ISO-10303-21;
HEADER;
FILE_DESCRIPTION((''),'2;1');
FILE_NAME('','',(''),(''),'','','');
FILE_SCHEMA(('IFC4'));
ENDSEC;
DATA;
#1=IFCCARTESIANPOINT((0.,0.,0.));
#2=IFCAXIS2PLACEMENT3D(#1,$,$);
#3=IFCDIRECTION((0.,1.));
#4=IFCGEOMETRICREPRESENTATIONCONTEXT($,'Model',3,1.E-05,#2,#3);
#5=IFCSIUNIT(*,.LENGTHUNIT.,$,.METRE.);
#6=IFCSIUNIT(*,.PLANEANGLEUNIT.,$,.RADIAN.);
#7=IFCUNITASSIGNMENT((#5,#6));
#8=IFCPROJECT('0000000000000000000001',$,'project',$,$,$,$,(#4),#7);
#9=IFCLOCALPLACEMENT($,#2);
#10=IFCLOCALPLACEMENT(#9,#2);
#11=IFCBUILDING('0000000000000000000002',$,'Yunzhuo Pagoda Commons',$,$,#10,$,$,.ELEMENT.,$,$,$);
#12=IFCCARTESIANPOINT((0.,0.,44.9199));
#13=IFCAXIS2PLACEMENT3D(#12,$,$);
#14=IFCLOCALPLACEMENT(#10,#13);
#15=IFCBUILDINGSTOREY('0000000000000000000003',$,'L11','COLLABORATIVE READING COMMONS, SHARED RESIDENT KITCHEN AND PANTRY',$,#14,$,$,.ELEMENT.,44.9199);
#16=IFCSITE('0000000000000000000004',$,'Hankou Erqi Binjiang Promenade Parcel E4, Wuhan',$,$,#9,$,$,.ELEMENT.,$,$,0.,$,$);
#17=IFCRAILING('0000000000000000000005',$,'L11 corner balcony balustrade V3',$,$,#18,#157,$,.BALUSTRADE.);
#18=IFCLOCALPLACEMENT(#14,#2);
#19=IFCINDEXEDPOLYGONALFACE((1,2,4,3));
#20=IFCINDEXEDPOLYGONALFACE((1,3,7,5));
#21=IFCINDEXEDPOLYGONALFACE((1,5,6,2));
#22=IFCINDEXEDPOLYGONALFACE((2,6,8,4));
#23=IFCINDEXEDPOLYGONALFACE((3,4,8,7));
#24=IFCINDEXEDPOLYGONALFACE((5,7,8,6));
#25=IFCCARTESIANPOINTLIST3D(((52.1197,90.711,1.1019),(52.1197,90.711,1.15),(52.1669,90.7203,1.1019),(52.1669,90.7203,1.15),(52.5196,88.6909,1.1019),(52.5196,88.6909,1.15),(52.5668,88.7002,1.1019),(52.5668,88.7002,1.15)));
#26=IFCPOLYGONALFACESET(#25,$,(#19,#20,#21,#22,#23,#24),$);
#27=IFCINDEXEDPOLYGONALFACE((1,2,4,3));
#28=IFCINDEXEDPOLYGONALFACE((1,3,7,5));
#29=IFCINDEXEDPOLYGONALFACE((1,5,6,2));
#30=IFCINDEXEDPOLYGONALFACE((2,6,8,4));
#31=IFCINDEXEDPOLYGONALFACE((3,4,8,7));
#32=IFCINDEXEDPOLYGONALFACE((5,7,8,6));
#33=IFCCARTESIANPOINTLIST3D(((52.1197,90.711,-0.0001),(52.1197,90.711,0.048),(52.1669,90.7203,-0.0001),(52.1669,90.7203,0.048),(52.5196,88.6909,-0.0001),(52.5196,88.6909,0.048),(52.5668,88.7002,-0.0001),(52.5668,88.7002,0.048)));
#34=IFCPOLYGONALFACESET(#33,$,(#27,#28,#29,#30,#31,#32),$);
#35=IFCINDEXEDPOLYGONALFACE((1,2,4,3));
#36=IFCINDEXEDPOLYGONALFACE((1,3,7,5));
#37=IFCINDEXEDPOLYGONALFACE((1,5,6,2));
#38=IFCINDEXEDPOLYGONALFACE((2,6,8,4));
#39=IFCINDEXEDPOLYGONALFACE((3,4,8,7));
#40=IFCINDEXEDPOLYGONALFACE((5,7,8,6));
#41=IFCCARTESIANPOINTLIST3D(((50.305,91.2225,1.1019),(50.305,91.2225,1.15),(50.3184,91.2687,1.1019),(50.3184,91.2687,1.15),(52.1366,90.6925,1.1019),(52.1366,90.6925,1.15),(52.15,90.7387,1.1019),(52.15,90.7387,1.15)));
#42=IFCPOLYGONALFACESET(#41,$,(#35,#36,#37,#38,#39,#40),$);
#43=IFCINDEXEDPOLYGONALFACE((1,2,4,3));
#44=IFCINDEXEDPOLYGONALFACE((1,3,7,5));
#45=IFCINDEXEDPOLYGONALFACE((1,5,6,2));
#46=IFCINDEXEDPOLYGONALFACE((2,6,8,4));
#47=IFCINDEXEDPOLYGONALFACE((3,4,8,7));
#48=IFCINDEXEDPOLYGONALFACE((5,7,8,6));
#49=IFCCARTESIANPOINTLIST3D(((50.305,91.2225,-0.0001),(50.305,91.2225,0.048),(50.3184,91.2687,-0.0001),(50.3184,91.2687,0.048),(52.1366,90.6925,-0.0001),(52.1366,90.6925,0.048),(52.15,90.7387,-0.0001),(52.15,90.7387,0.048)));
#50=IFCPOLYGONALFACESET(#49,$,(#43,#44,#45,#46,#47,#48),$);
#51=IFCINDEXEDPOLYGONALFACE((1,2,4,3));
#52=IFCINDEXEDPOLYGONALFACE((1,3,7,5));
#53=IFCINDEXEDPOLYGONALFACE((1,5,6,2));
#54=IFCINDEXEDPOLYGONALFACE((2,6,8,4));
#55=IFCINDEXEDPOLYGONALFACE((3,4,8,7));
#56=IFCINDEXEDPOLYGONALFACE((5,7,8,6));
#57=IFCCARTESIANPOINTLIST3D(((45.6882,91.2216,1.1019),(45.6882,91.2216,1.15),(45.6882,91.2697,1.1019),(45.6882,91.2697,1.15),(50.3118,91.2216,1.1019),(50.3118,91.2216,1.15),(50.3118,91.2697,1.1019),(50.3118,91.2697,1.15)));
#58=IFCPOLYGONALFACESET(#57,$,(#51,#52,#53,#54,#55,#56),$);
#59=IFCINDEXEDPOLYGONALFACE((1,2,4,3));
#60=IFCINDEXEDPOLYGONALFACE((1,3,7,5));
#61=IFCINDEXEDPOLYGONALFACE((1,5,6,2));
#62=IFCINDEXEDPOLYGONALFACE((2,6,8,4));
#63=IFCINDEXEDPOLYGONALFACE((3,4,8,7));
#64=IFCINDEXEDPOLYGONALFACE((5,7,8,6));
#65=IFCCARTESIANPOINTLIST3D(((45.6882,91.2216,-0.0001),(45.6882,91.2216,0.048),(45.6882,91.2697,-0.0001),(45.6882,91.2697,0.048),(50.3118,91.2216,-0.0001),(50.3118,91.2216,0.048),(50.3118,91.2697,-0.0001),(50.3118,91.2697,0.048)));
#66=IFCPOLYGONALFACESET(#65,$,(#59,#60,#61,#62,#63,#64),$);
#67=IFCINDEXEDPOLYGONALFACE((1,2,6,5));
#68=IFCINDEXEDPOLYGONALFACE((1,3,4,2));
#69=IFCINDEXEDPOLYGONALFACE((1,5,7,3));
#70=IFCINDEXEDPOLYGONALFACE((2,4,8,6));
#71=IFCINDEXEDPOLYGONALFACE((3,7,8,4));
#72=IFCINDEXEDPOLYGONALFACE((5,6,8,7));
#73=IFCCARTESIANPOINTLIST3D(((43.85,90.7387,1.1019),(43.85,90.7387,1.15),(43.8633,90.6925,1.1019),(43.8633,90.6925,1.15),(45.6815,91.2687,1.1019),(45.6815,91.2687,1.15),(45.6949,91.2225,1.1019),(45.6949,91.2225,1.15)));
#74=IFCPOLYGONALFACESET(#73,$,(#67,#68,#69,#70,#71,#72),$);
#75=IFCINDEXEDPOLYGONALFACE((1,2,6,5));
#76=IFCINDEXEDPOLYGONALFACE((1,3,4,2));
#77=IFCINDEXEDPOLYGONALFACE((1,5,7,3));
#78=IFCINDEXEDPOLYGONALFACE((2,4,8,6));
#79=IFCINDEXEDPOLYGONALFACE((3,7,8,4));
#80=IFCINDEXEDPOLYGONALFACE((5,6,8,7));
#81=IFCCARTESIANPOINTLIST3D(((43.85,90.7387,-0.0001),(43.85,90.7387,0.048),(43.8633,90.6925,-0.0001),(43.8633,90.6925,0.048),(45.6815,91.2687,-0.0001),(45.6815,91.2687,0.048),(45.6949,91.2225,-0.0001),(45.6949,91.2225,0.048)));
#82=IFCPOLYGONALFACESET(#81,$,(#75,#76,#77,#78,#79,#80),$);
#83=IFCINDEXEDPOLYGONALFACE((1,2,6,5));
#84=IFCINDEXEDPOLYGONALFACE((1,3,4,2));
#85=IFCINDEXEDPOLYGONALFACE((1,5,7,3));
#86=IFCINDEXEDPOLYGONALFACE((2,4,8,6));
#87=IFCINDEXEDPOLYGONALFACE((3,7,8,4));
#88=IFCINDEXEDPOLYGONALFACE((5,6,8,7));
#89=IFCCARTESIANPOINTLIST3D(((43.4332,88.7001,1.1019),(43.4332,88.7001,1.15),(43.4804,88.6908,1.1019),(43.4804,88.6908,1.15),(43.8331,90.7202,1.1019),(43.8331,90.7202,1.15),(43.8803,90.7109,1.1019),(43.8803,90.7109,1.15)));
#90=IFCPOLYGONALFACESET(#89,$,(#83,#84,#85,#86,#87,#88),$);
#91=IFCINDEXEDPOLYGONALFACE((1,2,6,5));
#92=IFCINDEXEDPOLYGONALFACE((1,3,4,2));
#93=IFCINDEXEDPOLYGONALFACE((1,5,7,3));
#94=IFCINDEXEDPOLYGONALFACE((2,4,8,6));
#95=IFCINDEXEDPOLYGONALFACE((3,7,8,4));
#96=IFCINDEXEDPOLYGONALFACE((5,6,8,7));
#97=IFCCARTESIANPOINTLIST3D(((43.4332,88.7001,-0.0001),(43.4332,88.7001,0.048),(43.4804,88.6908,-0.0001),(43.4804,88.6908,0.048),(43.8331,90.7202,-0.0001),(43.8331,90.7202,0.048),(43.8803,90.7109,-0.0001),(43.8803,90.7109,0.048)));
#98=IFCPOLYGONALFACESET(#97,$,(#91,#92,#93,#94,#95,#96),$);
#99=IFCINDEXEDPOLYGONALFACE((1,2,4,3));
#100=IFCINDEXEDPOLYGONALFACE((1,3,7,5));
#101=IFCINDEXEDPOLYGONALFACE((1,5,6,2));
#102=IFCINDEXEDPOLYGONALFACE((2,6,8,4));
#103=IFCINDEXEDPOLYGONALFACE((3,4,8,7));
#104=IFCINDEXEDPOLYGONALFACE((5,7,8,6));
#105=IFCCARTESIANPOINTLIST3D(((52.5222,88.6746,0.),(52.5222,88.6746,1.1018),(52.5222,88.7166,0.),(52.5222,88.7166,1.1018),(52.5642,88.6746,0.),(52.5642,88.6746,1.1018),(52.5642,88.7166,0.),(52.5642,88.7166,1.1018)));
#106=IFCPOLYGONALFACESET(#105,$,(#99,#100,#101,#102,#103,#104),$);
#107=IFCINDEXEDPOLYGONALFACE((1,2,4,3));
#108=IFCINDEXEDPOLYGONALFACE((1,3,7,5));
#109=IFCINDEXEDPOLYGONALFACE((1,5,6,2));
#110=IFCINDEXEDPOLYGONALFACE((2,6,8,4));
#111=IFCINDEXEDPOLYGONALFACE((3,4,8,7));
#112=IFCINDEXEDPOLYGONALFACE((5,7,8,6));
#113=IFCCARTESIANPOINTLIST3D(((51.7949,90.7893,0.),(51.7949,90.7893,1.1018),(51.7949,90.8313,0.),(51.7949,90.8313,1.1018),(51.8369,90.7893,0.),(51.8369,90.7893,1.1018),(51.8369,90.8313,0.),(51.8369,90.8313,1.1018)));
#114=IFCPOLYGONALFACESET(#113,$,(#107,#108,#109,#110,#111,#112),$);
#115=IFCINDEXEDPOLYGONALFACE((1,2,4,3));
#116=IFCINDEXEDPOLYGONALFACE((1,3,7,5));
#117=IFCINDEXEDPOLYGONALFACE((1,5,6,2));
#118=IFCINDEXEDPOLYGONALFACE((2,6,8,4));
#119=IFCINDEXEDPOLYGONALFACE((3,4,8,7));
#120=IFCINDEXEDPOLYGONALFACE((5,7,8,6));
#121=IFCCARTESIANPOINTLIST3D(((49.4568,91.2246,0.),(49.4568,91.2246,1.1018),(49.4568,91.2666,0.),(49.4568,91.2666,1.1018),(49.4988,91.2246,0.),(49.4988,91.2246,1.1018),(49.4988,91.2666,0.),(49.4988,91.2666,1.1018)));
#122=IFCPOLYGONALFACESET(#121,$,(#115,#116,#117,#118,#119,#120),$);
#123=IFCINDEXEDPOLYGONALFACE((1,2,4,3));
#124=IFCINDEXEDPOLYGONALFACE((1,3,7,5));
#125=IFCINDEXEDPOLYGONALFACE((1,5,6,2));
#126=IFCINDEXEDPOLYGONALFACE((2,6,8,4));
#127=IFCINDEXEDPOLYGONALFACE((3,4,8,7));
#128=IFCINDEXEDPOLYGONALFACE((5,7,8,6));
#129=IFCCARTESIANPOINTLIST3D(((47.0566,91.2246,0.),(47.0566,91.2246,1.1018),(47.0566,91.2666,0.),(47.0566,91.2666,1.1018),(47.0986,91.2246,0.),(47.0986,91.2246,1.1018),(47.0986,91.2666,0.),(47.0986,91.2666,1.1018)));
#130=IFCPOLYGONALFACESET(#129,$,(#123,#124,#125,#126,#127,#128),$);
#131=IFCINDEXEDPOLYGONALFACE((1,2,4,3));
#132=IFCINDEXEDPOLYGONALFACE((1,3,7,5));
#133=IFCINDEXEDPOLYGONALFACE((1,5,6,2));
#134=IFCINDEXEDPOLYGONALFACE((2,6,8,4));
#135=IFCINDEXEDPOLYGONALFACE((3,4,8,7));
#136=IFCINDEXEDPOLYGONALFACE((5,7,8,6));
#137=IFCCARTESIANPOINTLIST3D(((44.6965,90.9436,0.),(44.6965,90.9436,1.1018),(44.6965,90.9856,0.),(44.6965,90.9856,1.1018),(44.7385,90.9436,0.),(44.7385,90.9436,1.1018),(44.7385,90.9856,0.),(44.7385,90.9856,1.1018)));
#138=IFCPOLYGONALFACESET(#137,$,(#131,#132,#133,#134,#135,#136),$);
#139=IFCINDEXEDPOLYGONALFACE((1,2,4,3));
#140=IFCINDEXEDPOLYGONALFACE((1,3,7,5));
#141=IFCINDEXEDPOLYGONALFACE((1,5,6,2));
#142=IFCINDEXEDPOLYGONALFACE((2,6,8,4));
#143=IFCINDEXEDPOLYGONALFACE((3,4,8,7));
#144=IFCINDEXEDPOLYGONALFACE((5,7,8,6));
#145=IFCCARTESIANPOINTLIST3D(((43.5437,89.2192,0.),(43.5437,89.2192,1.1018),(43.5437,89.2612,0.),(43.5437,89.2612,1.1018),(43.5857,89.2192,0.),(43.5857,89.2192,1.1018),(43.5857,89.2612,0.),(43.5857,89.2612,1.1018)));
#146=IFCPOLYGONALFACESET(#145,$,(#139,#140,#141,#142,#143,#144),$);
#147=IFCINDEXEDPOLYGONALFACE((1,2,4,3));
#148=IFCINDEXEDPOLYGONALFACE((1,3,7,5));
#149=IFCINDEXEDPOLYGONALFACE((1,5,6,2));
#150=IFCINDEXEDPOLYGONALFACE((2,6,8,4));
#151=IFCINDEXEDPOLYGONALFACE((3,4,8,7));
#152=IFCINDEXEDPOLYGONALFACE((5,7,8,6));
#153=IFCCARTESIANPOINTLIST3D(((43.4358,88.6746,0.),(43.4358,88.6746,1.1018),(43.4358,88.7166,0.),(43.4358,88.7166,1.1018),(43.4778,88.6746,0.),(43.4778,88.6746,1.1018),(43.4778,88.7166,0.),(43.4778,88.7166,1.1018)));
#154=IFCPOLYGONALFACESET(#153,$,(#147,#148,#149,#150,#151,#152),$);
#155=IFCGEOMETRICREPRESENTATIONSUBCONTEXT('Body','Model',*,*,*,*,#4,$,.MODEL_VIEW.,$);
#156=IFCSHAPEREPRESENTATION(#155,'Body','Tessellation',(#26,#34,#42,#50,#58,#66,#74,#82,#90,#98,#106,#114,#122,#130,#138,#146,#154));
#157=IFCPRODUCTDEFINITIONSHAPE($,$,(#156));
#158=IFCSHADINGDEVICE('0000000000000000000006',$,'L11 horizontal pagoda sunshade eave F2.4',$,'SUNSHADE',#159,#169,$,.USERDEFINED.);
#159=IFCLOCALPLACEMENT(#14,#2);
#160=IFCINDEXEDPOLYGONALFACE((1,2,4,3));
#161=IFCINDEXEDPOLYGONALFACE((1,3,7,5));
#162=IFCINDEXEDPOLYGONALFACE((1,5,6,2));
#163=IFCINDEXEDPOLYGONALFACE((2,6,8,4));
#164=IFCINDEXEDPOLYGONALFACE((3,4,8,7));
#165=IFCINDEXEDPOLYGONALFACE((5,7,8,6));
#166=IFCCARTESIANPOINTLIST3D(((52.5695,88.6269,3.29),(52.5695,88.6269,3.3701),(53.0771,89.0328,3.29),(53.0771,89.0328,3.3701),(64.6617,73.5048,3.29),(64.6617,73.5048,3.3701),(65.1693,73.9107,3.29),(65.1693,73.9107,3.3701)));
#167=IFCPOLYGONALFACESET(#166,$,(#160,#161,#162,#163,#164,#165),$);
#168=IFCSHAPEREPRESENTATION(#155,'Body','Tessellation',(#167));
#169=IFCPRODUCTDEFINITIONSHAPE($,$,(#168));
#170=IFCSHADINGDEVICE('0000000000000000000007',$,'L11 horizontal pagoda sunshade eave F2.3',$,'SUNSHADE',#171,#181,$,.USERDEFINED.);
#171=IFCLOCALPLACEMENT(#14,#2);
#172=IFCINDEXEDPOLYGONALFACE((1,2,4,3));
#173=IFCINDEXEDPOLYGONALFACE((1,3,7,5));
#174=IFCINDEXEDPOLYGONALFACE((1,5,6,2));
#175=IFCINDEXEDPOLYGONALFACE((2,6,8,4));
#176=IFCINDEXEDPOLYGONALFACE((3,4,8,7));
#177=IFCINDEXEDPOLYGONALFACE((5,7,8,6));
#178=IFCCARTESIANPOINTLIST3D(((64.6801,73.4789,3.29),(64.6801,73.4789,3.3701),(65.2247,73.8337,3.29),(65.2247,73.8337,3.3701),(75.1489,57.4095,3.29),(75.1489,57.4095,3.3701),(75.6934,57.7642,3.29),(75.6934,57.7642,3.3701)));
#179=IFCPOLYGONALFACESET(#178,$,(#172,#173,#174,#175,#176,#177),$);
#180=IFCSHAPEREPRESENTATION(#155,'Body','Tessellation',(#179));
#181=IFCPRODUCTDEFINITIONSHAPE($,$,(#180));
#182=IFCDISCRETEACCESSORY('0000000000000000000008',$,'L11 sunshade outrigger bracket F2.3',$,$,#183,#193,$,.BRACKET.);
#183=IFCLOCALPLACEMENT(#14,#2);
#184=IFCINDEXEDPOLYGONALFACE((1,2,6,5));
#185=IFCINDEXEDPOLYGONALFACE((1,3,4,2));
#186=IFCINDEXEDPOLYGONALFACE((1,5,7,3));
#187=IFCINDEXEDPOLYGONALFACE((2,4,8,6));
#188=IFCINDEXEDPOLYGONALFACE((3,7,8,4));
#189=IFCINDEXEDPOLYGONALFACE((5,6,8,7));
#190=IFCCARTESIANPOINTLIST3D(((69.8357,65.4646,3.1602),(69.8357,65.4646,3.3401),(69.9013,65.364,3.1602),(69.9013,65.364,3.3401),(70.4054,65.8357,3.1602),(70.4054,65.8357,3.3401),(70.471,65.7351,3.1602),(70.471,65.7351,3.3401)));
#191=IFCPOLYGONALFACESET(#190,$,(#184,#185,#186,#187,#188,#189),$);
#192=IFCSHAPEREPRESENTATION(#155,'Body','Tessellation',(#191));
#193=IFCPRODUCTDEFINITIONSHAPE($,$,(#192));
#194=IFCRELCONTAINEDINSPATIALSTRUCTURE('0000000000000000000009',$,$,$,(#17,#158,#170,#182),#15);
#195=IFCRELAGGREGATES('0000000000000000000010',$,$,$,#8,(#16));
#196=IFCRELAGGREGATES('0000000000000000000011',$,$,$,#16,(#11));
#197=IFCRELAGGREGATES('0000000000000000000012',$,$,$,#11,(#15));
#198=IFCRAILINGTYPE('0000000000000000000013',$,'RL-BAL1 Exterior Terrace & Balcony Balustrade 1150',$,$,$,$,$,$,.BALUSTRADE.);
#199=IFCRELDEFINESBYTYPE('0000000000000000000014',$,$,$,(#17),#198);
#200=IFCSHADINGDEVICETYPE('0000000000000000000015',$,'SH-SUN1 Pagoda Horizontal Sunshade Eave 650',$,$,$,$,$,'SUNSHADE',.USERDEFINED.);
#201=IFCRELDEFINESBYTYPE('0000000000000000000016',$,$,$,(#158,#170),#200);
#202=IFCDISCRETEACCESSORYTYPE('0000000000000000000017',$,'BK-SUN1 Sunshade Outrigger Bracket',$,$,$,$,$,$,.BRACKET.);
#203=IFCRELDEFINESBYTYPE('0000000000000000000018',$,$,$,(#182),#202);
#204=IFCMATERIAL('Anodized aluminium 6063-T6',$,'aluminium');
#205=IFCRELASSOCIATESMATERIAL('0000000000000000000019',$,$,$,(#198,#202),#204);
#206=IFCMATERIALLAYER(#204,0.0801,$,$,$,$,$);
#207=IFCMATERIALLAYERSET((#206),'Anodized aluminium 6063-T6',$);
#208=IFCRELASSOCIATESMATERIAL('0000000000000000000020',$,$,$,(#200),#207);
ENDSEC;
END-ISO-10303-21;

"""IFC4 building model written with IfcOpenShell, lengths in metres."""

from ifc_helpers import new_model, si_unit, direction, frame, origin, origin_2d, place, context, subcontext, project, spatial, rectangle, extrude, source, transform, mapped, material, layer, layer_set, type_object, element, save


model = new_model("IFC4")

# Units and contexts
model_context = context("Model", 3, precision=1e-05, world=origin(), true_north=direction((0.0, 1.0)))
body_context = subcontext(model_context, "Body", "Model", "MODEL_VIEW")
ifc_project = project(units=[si_unit("LENGTHUNIT", "METRE"), si_unit("PLANEANGLEUNIT", "RADIAN")], contexts=[model_context])

# Site, building, storey
site_placement = place(None, origin())
site = spatial("IfcSite", under=ifc_project, at=site_placement, Name="Hankou Erqi Binjiang Promenade Parcel E4, Wuhan", CompositionType="ELEMENT", RefElevation=0.0)
building_placement = place(site_placement, origin())
building = spatial("IfcBuilding", under=site, at=building_placement, Name="Yunzhuo Pagoda Commons", CompositionType="ELEMENT")
storey_placement = place(building_placement, frame((0.0, 0.0, 44.9199)))
storey = spatial("IfcBuildingStorey", under=building, at=storey_placement, Name="L11", Description="COLLABORATIVE READING COMMONS, SHARED RESIDENT KITCHEN AND PANTRY", CompositionType="ELEMENT", Elevation=44.9199)

# Shared definitions
ifc_material_1 = material(Name="Anodized aluminium 6063-T6", Category="aluminium")

# Railing
railing_type_1 = type_object("IfcRailingType", Name="RL-BAL1 Exterior Terrace & Balcony Balustrade 1150", PredefinedType="BALUSTRADE", material=ifc_material_1)
railing_1_placement = place(storey_placement, frame((52.5432, 88.6956, 0.0)))
element("IfcRailing", 1, at=railing_1_placement, inside=storey, type_object=railing_type_1, Name="L11 corner balcony balustrade V3", PredefinedType="BALUSTRADE", context=body_context, shape_type="SweptSolid", body=[
    extrude(rectangle(XDim=0.0481, YDim=0.0481, at=origin_2d()), frame((0.0, 0.0, 1.126), z_axis=(-0.194201, 0.980962, 0.0), x_axis=(-0.980962, -0.194201, 0.0)), (0.0, 0.0, 1.0), 2.0593),
    extrude(rectangle(XDim=0.0481, YDim=0.0481, at=origin_2d()), frame((0.0, 0.0, 0.0239), z_axis=(-0.194201, 0.980962, 0.0), x_axis=(-0.980962, -0.194201, 0.0)), (0.0, 0.0, 1.0), 2.0593),
    extrude(rectangle(XDim=0.0481, YDim=0.0481, at=origin_2d()), frame((-0.3999, 2.02, 1.126), z_axis=(-0.960586, 0.277983, 0.0), x_axis=(-0.277983, -0.960586, 0.0)), (0.0, 0.0, 1.0), 1.9067),
    extrude(rectangle(XDim=0.0481, YDim=0.0481, at=origin_2d()), frame((-0.3999, 2.02, 0.0239), z_axis=(-0.960586, 0.277983, 0.0), x_axis=(-0.277983, -0.960586, 0.0)), (0.0, 0.0, 1.0), 1.9067),
    extrude(rectangle(XDim=0.0481, YDim=0.0481, at=origin_2d()), frame((-2.2314, 2.55, 1.126), z_axis=(-1.0, 0.0, 0.0), x_axis=(0.0, -1.0, 0.0)), (0.0, 0.0, 1.0), 4.6235),
    extrude(rectangle(XDim=0.0481, YDim=0.0481, at=origin_2d()), frame((-2.2314, 2.55, 0.0239), z_axis=(-1.0, 0.0, 0.0), x_axis=(0.0, -1.0, 0.0)), (0.0, 0.0, 1.0), 4.6235),
    extrude(rectangle(XDim=0.0481, YDim=0.0481, at=origin_2d()), frame((-6.855, 2.55, 1.126), z_axis=(-0.960586, -0.277983, 0.0), x_axis=(0.277983, -0.960586, 0.0)), (0.0, 0.0, 1.0), 1.9067),
    extrude(rectangle(XDim=0.0481, YDim=0.0481, at=origin_2d()), frame((-6.855, 2.55, 0.0239), z_axis=(-0.960586, -0.277983, 0.0), x_axis=(0.277983, -0.960586, 0.0)), (0.0, 0.0, 1.0), 1.9067),
    extrude(rectangle(XDim=0.0481, YDim=0.0481, at=origin_2d()), frame((-8.6865, 2.02, 1.126), z_axis=(-0.194201, -0.980962, 0.0), x_axis=(0.980962, -0.194201, 0.0)), (0.0, 0.0, 1.0), 2.0593),
    extrude(rectangle(XDim=0.0481, YDim=0.0481, at=origin_2d()), frame((-8.6865, 2.02, 0.0239), z_axis=(-0.194201, -0.980962, 0.0), x_axis=(0.980962, -0.194201, 0.0)), (0.0, 0.0, 1.0), 2.0593),
    extrude(rectangle(XDim=0.042, YDim=0.042, at=origin_2d()), origin(), (0.0, 0.0, 1.0), 1.1018),
    extrude(rectangle(XDim=0.042, YDim=0.042, at=origin_2d()), frame((-0.7273, 2.1147, 0.0)), (0.0, 0.0, 1.0), 1.1018),
    extrude(rectangle(XDim=0.042, YDim=0.042, at=origin_2d()), frame((-3.0654, 2.55, 0.0)), (0.0, 0.0, 1.0), 1.1018),
    extrude(rectangle(XDim=0.042, YDim=0.042, at=origin_2d()), frame((-5.4656, 2.55, 0.0)), (0.0, 0.0, 1.0), 1.1018),
    extrude(rectangle(XDim=0.042, YDim=0.042, at=origin_2d()), frame((-7.8257, 2.269, 0.0)), (0.0, 0.0, 1.0), 1.1018),
    extrude(rectangle(XDim=0.042, YDim=0.042, at=origin_2d()), frame((-8.9785, 0.5447, 0.0)), (0.0, 0.0, 1.0), 1.1018),
    extrude(rectangle(XDim=0.042, YDim=0.042, at=origin_2d()), frame((-9.0864, 0.0, 0.0)), (0.0, 0.0, 1.0), 1.1018),
])

# Shading devices
ifc_layer_1 = layer(ifc_material_1, 0.0801)
ifc_layer_set_1 = layer_set([ifc_layer_1], Name="Anodized aluminium 6063-T6")
shading_device_type = type_object("IfcShadingDeviceType", Name="SH-SUN1 Pagoda Horizontal Sunshade Eave 650", ElementType="SUNSHADE", PredefinedType="USERDEFINED", material=ifc_layer_set_1)
shared_shape_1 = source(origin(), body_context, "Body", "SweptSolid", [
    extrude(rectangle(XDim=19.3623, YDim=0.6499, at=origin_2d()), origin(), (0.0, 0.0, 1.0), 0.0801),
])
shading_device_1_placement = place(storey_placement, frame((58.8694, 81.2688, 3.29), z_axis=(0.0, 0.0, 1.0), x_axis=(-0.62452, 0.781008, 0.0)))
element("IfcShadingDevice", 2, at=shading_device_1_placement, inside=storey, type_object=shading_device_type, Name="L11 horizontal pagoda sunshade eave F2.4", ObjectType="SUNSHADE", PredefinedType="USERDEFINED", context=body_context, shape_type="MappedRepresentation", body=[
    mapped(shared_shape_1, transform((0.0, 0.0, 0.0), scale=1.0)),
])
shared_shape_2 = source(origin(), body_context, "Body", "SweptSolid", [
    extrude(rectangle(XDim=19.1787, YDim=0.6499, at=origin_2d()), origin(), (0.0, 0.0, 1.0), 0.0801),
])
shading_device_2_placement = place(storey_placement, frame((70.1868, 65.6216, 3.29), z_axis=(0.0, 0.0, 1.0), x_axis=(-0.545853, 0.837881, 0.0)))
element("IfcShadingDevice", 3, at=shading_device_2_placement, inside=storey, type_object=shading_device_type, Name="L11 horizontal pagoda sunshade eave F2.3", ObjectType="SUNSHADE", PredefinedType="USERDEFINED", context=body_context, shape_type="MappedRepresentation", body=[
    mapped(shared_shape_2, transform((0.0, 0.0, 0.0), scale=1.0)),
])

# Discrete accessory
discrete_accessory_type = type_object("IfcDiscreteAccessoryType", Name="BK-SUN1 Sunshade Outrigger Bracket", PredefinedType="BRACKET", material=ifc_material_1)
shared_shape_3 = source(origin(), body_context, "Body", "SweptSolid", [
    extrude(rectangle(XDim=0.1201, YDim=0.6799, at=origin_2d()), origin(), (0.0, 0.0, 1.0), 0.1799),
])
discrete_accessory_placement = place(storey_placement, frame((70.1533, 65.5999, 3.1602), z_axis=(0.0, 0.0, 1.0), x_axis=(-0.545853, 0.837881, 0.0)))
element("IfcDiscreteAccessory", 4, at=discrete_accessory_placement, inside=storey, type_object=discrete_accessory_type, Name="L11 sunshade outrigger bracket F2.3", PredefinedType="BRACKET", context=body_context, shape_type="MappedRepresentation", body=[
    mapped(shared_shape_3, transform((0.0, 0.0, 0.0), scale=1.0)),
])

save(model, "model.ifc")
